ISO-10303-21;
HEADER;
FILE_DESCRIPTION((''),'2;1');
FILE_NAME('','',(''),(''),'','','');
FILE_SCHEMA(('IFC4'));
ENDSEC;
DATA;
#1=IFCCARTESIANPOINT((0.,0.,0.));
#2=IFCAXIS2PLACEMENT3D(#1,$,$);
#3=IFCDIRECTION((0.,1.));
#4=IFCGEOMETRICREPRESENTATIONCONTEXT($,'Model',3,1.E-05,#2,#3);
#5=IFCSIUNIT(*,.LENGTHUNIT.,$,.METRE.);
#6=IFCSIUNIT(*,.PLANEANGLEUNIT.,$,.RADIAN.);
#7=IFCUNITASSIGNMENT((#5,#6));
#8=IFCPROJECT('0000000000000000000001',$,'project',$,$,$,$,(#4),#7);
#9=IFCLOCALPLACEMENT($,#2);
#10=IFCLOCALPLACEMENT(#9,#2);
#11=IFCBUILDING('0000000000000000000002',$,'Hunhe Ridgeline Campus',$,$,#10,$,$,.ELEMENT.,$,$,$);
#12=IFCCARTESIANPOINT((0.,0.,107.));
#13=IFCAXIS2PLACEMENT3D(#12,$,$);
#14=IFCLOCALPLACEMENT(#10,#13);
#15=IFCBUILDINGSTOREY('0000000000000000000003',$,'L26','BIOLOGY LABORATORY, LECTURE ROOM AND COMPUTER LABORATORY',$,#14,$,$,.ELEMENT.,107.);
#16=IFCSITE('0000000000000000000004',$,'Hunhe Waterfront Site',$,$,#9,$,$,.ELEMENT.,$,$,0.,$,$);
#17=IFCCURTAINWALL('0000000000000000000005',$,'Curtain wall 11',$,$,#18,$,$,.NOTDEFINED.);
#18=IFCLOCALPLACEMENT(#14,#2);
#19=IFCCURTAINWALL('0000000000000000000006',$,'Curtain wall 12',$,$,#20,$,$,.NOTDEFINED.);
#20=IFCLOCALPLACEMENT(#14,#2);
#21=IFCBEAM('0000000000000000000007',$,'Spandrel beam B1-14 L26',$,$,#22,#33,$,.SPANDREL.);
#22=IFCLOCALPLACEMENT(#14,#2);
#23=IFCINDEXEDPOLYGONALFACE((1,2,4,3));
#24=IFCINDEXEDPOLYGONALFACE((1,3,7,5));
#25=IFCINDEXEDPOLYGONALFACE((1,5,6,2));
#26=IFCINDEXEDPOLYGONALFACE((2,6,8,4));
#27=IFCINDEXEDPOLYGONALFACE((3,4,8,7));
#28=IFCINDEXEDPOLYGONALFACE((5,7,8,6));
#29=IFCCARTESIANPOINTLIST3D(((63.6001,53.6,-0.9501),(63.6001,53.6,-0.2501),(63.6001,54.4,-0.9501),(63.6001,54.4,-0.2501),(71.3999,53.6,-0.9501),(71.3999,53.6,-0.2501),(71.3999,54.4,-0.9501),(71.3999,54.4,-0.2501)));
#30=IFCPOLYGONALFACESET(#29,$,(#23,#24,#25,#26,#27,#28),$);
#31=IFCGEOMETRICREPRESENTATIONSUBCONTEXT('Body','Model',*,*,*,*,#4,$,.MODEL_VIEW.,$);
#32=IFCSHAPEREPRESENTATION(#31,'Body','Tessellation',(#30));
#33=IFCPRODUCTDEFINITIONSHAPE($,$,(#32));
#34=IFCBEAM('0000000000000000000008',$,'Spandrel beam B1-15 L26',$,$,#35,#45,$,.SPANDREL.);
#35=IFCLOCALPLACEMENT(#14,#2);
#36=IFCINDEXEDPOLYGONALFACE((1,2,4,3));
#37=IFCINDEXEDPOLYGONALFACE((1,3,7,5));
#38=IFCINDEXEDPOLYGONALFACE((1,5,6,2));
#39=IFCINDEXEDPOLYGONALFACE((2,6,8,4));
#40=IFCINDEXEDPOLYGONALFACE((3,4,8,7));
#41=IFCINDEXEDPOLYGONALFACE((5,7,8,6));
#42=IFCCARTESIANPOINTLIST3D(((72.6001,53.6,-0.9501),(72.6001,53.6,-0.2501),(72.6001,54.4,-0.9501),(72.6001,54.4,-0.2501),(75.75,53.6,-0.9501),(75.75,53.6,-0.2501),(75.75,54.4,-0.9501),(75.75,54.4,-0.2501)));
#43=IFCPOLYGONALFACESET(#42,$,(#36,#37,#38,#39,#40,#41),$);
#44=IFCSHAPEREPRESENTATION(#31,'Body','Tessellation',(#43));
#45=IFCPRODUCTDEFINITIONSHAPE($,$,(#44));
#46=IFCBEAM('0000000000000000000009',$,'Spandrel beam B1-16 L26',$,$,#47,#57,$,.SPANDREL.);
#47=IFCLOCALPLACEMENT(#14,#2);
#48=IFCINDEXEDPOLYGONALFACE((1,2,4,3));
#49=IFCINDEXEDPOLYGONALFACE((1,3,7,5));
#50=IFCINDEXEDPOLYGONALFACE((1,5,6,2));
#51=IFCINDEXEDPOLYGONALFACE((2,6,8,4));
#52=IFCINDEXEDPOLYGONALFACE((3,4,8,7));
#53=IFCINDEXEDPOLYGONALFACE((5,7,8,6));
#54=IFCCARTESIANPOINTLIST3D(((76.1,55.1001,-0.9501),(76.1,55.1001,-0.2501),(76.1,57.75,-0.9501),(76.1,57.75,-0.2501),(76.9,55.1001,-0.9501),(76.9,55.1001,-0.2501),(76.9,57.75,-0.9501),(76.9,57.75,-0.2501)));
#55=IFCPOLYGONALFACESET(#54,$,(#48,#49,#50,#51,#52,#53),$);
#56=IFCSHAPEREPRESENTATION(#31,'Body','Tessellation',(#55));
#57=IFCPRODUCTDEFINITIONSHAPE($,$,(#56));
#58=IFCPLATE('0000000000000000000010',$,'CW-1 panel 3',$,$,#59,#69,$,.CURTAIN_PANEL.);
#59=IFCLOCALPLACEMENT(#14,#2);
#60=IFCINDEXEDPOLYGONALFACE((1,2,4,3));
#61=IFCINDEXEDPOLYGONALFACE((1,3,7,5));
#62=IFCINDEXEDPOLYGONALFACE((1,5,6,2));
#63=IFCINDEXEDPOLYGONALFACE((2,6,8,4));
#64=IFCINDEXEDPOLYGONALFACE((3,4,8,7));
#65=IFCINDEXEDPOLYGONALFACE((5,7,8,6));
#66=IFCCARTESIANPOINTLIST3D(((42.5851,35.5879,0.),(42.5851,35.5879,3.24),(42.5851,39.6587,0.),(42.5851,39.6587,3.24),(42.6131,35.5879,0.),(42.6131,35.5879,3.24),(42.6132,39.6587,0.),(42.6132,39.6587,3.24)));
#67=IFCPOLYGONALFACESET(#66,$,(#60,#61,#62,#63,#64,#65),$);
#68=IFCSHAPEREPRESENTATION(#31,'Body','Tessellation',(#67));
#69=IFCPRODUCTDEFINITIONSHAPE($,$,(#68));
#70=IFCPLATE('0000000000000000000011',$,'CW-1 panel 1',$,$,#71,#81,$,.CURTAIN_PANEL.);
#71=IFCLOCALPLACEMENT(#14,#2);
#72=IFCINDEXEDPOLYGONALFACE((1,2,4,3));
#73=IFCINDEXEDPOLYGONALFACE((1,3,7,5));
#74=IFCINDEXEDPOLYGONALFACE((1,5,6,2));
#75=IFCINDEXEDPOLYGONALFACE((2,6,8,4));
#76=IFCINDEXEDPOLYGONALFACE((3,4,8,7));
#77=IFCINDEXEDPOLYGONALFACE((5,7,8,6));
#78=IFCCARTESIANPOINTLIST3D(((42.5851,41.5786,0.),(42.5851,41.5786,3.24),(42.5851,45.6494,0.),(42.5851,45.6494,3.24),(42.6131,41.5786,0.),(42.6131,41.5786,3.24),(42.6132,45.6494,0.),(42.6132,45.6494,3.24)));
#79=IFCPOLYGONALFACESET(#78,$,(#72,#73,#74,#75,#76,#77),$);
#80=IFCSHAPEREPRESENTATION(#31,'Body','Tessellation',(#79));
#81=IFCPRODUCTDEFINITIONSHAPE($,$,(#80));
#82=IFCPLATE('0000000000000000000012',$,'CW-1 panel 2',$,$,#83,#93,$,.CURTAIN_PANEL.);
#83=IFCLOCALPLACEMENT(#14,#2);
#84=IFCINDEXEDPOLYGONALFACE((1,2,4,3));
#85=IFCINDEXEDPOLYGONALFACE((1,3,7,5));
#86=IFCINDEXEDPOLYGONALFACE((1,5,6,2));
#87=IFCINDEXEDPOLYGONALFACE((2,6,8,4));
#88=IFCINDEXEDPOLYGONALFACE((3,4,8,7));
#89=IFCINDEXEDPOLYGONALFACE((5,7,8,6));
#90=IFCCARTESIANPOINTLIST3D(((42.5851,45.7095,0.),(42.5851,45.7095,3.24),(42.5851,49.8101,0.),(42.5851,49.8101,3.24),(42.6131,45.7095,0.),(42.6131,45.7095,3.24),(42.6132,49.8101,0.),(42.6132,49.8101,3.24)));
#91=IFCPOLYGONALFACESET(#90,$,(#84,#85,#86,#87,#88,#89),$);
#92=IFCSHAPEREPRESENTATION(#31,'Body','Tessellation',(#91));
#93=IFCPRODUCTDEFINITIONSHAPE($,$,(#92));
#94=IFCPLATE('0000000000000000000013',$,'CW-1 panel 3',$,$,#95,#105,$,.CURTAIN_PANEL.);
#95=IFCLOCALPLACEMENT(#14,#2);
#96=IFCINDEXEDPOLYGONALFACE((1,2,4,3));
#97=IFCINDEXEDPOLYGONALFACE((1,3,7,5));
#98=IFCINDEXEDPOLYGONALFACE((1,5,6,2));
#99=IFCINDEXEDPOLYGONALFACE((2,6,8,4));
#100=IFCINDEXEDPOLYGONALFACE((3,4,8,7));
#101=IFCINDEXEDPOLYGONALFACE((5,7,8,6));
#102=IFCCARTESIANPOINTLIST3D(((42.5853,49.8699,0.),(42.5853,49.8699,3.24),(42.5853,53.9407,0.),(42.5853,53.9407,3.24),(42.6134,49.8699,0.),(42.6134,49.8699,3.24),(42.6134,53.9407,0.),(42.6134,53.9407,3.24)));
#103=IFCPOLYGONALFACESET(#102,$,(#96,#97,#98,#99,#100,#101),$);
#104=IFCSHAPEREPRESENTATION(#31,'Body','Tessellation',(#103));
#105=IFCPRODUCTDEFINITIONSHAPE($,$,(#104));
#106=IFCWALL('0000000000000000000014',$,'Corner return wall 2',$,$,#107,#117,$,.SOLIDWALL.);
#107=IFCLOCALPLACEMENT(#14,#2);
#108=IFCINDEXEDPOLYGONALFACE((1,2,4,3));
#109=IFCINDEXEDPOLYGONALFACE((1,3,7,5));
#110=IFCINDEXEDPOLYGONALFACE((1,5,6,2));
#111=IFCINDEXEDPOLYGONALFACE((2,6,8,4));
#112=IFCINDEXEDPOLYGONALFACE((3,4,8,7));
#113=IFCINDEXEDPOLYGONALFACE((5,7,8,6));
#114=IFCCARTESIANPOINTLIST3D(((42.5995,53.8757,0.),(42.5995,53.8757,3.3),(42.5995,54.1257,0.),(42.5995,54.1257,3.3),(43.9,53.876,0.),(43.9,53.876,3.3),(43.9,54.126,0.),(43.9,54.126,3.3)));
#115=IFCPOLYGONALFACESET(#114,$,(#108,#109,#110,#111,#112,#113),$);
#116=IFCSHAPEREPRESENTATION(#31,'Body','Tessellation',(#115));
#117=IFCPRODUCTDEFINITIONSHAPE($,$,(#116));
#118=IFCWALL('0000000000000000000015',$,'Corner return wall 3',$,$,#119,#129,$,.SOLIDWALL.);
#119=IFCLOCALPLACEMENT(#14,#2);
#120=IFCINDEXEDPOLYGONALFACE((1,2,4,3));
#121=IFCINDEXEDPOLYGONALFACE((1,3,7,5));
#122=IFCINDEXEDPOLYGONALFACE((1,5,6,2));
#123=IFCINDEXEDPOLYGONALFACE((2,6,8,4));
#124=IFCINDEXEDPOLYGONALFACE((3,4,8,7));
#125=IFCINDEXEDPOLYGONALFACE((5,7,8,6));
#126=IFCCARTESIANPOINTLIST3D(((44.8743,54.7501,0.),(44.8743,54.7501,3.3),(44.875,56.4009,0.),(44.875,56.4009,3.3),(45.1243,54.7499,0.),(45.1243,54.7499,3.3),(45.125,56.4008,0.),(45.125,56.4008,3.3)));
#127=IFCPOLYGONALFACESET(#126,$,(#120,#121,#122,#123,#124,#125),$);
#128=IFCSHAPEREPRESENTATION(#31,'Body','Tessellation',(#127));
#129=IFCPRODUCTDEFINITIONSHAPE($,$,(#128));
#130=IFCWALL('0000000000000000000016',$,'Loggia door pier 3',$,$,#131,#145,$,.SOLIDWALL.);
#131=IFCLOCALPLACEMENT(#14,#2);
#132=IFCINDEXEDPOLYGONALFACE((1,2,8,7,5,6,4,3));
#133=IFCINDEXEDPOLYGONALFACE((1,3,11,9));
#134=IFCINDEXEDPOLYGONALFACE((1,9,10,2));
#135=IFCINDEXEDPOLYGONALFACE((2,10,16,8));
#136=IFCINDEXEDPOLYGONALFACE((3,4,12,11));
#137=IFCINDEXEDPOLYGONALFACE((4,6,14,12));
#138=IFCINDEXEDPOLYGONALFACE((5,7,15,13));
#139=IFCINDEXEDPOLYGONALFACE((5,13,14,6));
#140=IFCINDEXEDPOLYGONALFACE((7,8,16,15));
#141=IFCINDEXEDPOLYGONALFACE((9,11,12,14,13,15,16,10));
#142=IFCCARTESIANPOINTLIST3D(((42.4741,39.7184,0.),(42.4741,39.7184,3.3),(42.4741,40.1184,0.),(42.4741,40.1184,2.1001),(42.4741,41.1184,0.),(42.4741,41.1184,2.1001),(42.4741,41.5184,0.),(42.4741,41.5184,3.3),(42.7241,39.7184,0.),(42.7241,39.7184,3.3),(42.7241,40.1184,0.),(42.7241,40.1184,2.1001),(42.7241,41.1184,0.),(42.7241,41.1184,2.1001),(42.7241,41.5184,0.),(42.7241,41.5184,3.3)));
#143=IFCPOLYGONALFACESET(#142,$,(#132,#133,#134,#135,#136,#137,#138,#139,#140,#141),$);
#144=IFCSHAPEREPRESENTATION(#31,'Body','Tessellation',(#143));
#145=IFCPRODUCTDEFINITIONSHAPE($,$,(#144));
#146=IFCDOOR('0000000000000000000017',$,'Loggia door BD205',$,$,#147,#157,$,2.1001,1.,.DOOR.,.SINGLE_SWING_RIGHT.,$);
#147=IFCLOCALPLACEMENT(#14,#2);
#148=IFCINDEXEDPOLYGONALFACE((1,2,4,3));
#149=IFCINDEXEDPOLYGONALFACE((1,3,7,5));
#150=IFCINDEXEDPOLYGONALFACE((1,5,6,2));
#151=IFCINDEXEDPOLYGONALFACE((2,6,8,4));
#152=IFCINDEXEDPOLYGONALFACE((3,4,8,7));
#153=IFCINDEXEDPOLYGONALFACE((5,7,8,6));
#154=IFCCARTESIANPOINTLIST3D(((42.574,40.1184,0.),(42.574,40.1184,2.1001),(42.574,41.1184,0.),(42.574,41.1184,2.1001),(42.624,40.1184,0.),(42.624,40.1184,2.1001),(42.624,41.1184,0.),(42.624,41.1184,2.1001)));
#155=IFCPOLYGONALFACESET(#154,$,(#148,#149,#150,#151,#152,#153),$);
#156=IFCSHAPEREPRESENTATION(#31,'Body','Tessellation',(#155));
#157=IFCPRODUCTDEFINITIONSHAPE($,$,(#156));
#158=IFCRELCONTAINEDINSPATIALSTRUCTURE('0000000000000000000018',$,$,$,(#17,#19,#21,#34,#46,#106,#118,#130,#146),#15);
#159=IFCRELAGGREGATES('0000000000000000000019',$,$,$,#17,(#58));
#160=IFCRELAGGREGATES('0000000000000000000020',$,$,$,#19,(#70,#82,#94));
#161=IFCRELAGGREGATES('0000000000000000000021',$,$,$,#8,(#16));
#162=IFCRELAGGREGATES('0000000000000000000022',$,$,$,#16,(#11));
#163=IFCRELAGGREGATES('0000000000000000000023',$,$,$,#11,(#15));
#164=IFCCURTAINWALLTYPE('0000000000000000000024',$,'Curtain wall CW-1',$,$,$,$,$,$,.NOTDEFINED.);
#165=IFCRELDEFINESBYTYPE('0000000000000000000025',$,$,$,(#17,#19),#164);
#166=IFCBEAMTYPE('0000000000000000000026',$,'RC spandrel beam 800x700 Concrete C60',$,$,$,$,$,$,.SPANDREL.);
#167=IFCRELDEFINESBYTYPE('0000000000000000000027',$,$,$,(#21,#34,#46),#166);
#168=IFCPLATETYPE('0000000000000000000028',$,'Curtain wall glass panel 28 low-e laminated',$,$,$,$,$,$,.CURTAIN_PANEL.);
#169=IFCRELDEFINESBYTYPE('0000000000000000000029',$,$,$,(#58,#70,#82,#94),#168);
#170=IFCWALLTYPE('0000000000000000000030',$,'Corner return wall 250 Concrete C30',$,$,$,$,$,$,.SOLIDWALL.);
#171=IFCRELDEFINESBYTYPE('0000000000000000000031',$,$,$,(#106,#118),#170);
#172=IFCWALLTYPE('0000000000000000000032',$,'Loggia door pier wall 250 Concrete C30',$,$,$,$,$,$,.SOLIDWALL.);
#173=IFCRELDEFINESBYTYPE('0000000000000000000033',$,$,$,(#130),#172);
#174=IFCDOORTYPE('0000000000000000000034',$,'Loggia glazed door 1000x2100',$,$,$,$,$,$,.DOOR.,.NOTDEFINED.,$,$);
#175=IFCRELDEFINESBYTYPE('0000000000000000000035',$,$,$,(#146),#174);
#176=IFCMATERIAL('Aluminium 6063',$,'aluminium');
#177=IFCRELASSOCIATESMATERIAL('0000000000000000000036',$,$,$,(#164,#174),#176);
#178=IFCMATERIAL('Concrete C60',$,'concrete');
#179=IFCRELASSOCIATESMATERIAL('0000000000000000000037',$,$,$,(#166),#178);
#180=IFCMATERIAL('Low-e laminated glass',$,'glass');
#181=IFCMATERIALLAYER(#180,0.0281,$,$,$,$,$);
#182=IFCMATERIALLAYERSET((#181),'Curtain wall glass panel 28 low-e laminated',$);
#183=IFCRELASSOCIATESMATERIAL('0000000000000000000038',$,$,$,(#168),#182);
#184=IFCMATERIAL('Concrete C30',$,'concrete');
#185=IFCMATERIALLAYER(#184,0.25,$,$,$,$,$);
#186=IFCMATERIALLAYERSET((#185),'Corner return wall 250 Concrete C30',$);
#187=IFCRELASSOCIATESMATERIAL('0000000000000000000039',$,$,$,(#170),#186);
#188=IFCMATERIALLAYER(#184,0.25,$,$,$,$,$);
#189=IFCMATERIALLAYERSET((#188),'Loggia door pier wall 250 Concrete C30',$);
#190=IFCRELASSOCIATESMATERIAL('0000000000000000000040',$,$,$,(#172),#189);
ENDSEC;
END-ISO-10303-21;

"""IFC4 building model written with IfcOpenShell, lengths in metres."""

from ifc_helpers import new_model, si_unit, direction, frame, frame_2d, origin, origin_2d, place, context, subcontext, project, spatial, rectangle, extrude, material, layer, layer_set, material_profile, profile_set, type_object, element, fill, aggregate, save


model = new_model("IFC4")

# Units and contexts
model_context = context("Model", 3, precision=1e-05, world=origin(), true_north=direction((0.0, 1.0)))
body_context = subcontext(model_context, "Body", "Model", "MODEL_VIEW")
ifc_project = project(units=[si_unit("LENGTHUNIT", "METRE"), si_unit("PLANEANGLEUNIT", "RADIAN")], contexts=[model_context])

# Site, building, storey
site_placement = place(None, origin())
site = spatial("IfcSite", under=ifc_project, at=site_placement, Name="Hunhe Waterfront Site", CompositionType="ELEMENT", RefElevation=0.0)
building_placement = place(site_placement, origin())
building = spatial("IfcBuilding", under=site, at=building_placement, Name="Hunhe Ridgeline Campus", CompositionType="ELEMENT")
storey_placement = place(building_placement, frame((0.0, 0.0, 107.0)))
storey = spatial("IfcBuildingStorey", under=building, at=storey_placement, Name="L26", Description="BIOLOGY LABORATORY, LECTURE ROOM AND COMPUTER LABORATORY", CompositionType="ELEMENT", Elevation=107.0)

# Curtain wall
ifc_material_1 = material(Name="Aluminium 6063", Category="aluminium")
curtain_wall_type = type_object("IfcCurtainWallType", Name="Curtain wall CW-1", PredefinedType="NOTDEFINED", material=ifc_material_1)
curtain_wall_1_placement = place(storey_placement, origin())
curtain_wall_1 = element("IfcCurtainWall", 1, at=curtain_wall_1_placement, inside=storey, type_object=curtain_wall_type, Name="Curtain wall 11", PredefinedType="NOTDEFINED")

# Curtain wall
curtain_wall_2_placement = place(storey_placement, origin())
curtain_wall_2 = element("IfcCurtainWall", 2, at=curtain_wall_2_placement, inside=storey, type_object=curtain_wall_type, Name="Curtain wall 12", PredefinedType="NOTDEFINED")

# Beams
ifc_material_2 = material(Name="Concrete C60", Category="concrete")
ifc_material_profile_1 = material_profile(ifc_material_2, rectangle(XDim=0.8, YDim=0.7, at=origin_2d()))
ifc_profile_set_1 = profile_set([ifc_material_profile_1], Name="Concrete C60")
beam_type = type_object("IfcBeamType", Name="RC spandrel beam 800x700 Concrete C60", PredefinedType="SPANDREL", material=ifc_profile_set_1)
for number, where, z_axis, x_axis, name in (
    (3, (63.6001, 54.0, -0.6001), (1.0, 0.0, 0.0), (0.0, 1.0, 0.0), "Spandrel beam B1-14 L26"),
):
    element("IfcBeam", number, at=place(storey_placement, frame(where, z_axis=z_axis, x_axis=x_axis)), inside=storey, type_object=beam_type, Name=name, PredefinedType="SPANDREL", context=body_context, shape_type="SweptSolid", body=[
        extrude(rectangle(XDim=0.8, YDim=0.7, at=origin_2d()), origin(), (0.0, 0.0, 1.0), 7.7998),
    ])
beam_1_placement = place(storey_placement, frame((72.6001, 54.0, -0.6001), z_axis=(1.0, 0.0, 0.0), x_axis=(0.0, 1.0, 0.0)))
element("IfcBeam", 4, at=beam_1_placement, inside=storey, type_object=beam_type, Name="Spandrel beam B1-15 L26", PredefinedType="SPANDREL", context=body_context, shape_type="SweptSolid", body=[
    extrude(rectangle(XDim=0.8, YDim=0.7, at=origin_2d()), origin(), (0.0, 0.0, 1.0), 3.1499),
])
beam_2_placement = place(storey_placement, frame((76.5, 55.1001, -0.6001), z_axis=(0.0, 1.0, 0.0), x_axis=(-1.0, 0.0, 0.0)))
element("IfcBeam", 5, at=beam_2_placement, inside=storey, type_object=beam_type, Name="Spandrel beam B1-16 L26", PredefinedType="SPANDREL", context=body_context, shape_type="SweptSolid", body=[
    extrude(rectangle(XDim=0.8, YDim=0.7, at=origin_2d()), origin(), (0.0, 0.0, 1.0), 2.6499),
])

# Plates
ifc_material_3 = material(Name="Low-e laminated glass", Category="glass")
ifc_layer_1 = layer(ifc_material_3, 0.0281)
ifc_layer_set_1 = layer_set([ifc_layer_1], Name="Curtain wall glass panel 28 low-e laminated")
plate_type = type_object("IfcPlateType", Name="Curtain wall glass panel 28 low-e laminated", PredefinedType="CURTAIN_PANEL", material=ifc_layer_set_1)
plate_1_placement = place(storey_placement, frame((42.5991, 37.6233, 0.0), z_axis=(0.0, 0.0, 1.0), x_axis=(0.000011, 1.0, 0.0)))
plate_1 = element("IfcPlate", 6, at=plate_1_placement, type_object=plate_type, Name="CW-1 panel 3", PredefinedType="CURTAIN_PANEL", context=body_context, shape_type="SweptSolid", body=[
    extrude(rectangle(XDim=4.0708, YDim=0.0281, at=origin_2d()), origin(), (0.0, 0.0, 1.0), 3.24),
])
aggregate(curtain_wall_1, [plate_1])
plate_2_placement = place(storey_placement, frame((42.5991, 43.614, 0.0), z_axis=(0.0, 0.0, 1.0), x_axis=(0.000011, 1.0, 0.0)))
plate_2 = element("IfcPlate", 7, at=plate_2_placement, type_object=plate_type, Name="CW-1 panel 1", PredefinedType="CURTAIN_PANEL", context=body_context, shape_type="SweptSolid", body=[
    extrude(rectangle(XDim=4.0708, YDim=0.0281, at=origin_2d()), origin(), (0.0, 0.0, 1.0), 3.24),
])
plate_3_placement = place(storey_placement, frame((42.5991, 47.7598, 0.0), z_axis=(0.0, 0.0, 1.0), x_axis=(0.000011, 1.0, 0.0)))
plate_3 = element("IfcPlate", 8, at=plate_3_placement, type_object=plate_type, Name="CW-1 panel 2", PredefinedType="CURTAIN_PANEL", context=body_context, shape_type="SweptSolid", body=[
    extrude(rectangle(XDim=4.1006, YDim=0.0281, at=origin_2d()), origin(), (0.0, 0.0, 1.0), 3.24),
])
plate_4_placement = place(storey_placement, frame((42.5994, 51.9053, 0.0), z_axis=(0.0, 0.0, 1.0), x_axis=(0.000011, 1.0, 0.0)))
plate_4 = element("IfcPlate", 9, at=plate_4_placement, type_object=plate_type, Name="CW-1 panel 3", PredefinedType="CURTAIN_PANEL", context=body_context, shape_type="SweptSolid", body=[
    extrude(rectangle(XDim=4.0708, YDim=0.0281, at=origin_2d()), origin(), (0.0, 0.0, 1.0), 3.24),
])
aggregate(curtain_wall_2, [plate_2, plate_3, plate_4])

# Walls
ifc_material_4 = material(Name="Concrete C30", Category="concrete")
ifc_layer_2 = layer(ifc_material_4, 0.25)
ifc_layer_set_2 = layer_set([ifc_layer_2], Name="Corner return wall 250 Concrete C30")
wall_type_1 = type_object("IfcWallType", Name="Corner return wall 250 Concrete C30", PredefinedType="SOLIDWALL", material=ifc_layer_set_2)
wall_1_placement = place(storey_placement, frame((42.5994, 54.0007, 0.0), z_axis=(0.0, 0.0, 1.0), x_axis=(1.0, 0.000188, 0.0)))
element("IfcWall", 10, at=wall_1_placement, inside=storey, type_object=wall_type_1, Name="Corner return wall 2", PredefinedType="SOLIDWALL", context=body_context, shape_type="SweptSolid", body=[
    extrude(rectangle(XDim=1.3005, YDim=0.25, at=frame_2d((0.6504, 0.0))), origin(), (0.0, 0.0, 1.0), 3.3),
])
wall_2_placement = place(storey_placement, frame((44.9993, 54.75, 0.0), z_axis=(0.0, 0.0, 1.0), x_axis=(0.000444, 1.0, 0.0)))
element("IfcWall", 11, at=wall_2_placement, inside=storey, type_object=wall_type_1, Name="Corner return wall 3", PredefinedType="SOLIDWALL", context=body_context, shape_type="SweptSolid", body=[
    extrude(rectangle(XDim=1.6509, YDim=0.25, at=frame_2d((0.8254, 0.0))), origin(), (0.0, 0.0, 1.0), 3.3),
])

# Wall, opening, door
ifc_layer_3 = layer(ifc_material_4, 0.25)
ifc_layer_set_3 = layer_set([ifc_layer_3], Name="Loggia door pier wall 250 Concrete C30")
wall_type_2 = type_object("IfcWallType", Name="Loggia door pier wall 250 Concrete C30", PredefinedType="SOLIDWALL", material=ifc_layer_set_3)
wall_3_placement = place(storey_placement, frame((42.5991, 39.7185, 0.0), z_axis=(0.0, 0.0, 1.0), x_axis=(0.0, 1.0, 0.0)))
wall_3 = element("IfcWall", 12, at=wall_3_placement, inside=storey, type_object=wall_type_2, Name="Loggia door pier 3", PredefinedType="SOLIDWALL", context=body_context, shape_type="SweptSolid", body=[
    extrude(rectangle(XDim=1.8, YDim=0.25, at=frame_2d((0.8999, 0.0))), origin(), (0.0, 0.0, 1.0), 3.3),
])
opening_placement = place(wall_3_placement, frame((0.3999, 0.0, 0.0)))
opening = element("IfcOpeningElement", 13, at=opening_placement, cuts=wall_3, PredefinedType="OPENING", context=body_context, shape_type="SweptSolid", body=[
    extrude(rectangle(XDim=1.0, YDim=2.1001, at=frame_2d((0.5, 1.05))), frame((0.0, 0.125, 0.0), z_axis=(0.0, -1.0, 0.0), x_axis=(1.0, 0.0, 0.0)), (0.0, 0.0, 1.0), 0.25),
])
door_type = type_object("IfcDoorType", Name="Loggia glazed door 1000x2100", OperationType="NOTDEFINED", PredefinedType="DOOR", material=ifc_material_1)
door_placement = place(opening_placement, frame((1.0, 0.0, 0.0), z_axis=(0.0, 0.0, 1.0), x_axis=(-1.0, 0.0, 0.0)))
door = element("IfcDoor", 14, at=door_placement, inside=storey, type_object=door_type, Name="Loggia door BD205", OperationType="SINGLE_SWING_RIGHT", OverallHeight=2.1001, OverallWidth=1.0, PredefinedType="DOOR", context=body_context, shape_type="SweptSolid", body=[
    extrude(rectangle(XDim=1.0, YDim=2.1001, at=frame_2d((0.5, 1.05))), frame((0.0, 0.0249, 0.0), z_axis=(0.0, -1.0, 0.0), x_axis=(1.0, 0.0, 0.0)), (0.0, 0.0, 1.0), 0.05),
])
fill(opening, door)

save(model, "model.ifc")
